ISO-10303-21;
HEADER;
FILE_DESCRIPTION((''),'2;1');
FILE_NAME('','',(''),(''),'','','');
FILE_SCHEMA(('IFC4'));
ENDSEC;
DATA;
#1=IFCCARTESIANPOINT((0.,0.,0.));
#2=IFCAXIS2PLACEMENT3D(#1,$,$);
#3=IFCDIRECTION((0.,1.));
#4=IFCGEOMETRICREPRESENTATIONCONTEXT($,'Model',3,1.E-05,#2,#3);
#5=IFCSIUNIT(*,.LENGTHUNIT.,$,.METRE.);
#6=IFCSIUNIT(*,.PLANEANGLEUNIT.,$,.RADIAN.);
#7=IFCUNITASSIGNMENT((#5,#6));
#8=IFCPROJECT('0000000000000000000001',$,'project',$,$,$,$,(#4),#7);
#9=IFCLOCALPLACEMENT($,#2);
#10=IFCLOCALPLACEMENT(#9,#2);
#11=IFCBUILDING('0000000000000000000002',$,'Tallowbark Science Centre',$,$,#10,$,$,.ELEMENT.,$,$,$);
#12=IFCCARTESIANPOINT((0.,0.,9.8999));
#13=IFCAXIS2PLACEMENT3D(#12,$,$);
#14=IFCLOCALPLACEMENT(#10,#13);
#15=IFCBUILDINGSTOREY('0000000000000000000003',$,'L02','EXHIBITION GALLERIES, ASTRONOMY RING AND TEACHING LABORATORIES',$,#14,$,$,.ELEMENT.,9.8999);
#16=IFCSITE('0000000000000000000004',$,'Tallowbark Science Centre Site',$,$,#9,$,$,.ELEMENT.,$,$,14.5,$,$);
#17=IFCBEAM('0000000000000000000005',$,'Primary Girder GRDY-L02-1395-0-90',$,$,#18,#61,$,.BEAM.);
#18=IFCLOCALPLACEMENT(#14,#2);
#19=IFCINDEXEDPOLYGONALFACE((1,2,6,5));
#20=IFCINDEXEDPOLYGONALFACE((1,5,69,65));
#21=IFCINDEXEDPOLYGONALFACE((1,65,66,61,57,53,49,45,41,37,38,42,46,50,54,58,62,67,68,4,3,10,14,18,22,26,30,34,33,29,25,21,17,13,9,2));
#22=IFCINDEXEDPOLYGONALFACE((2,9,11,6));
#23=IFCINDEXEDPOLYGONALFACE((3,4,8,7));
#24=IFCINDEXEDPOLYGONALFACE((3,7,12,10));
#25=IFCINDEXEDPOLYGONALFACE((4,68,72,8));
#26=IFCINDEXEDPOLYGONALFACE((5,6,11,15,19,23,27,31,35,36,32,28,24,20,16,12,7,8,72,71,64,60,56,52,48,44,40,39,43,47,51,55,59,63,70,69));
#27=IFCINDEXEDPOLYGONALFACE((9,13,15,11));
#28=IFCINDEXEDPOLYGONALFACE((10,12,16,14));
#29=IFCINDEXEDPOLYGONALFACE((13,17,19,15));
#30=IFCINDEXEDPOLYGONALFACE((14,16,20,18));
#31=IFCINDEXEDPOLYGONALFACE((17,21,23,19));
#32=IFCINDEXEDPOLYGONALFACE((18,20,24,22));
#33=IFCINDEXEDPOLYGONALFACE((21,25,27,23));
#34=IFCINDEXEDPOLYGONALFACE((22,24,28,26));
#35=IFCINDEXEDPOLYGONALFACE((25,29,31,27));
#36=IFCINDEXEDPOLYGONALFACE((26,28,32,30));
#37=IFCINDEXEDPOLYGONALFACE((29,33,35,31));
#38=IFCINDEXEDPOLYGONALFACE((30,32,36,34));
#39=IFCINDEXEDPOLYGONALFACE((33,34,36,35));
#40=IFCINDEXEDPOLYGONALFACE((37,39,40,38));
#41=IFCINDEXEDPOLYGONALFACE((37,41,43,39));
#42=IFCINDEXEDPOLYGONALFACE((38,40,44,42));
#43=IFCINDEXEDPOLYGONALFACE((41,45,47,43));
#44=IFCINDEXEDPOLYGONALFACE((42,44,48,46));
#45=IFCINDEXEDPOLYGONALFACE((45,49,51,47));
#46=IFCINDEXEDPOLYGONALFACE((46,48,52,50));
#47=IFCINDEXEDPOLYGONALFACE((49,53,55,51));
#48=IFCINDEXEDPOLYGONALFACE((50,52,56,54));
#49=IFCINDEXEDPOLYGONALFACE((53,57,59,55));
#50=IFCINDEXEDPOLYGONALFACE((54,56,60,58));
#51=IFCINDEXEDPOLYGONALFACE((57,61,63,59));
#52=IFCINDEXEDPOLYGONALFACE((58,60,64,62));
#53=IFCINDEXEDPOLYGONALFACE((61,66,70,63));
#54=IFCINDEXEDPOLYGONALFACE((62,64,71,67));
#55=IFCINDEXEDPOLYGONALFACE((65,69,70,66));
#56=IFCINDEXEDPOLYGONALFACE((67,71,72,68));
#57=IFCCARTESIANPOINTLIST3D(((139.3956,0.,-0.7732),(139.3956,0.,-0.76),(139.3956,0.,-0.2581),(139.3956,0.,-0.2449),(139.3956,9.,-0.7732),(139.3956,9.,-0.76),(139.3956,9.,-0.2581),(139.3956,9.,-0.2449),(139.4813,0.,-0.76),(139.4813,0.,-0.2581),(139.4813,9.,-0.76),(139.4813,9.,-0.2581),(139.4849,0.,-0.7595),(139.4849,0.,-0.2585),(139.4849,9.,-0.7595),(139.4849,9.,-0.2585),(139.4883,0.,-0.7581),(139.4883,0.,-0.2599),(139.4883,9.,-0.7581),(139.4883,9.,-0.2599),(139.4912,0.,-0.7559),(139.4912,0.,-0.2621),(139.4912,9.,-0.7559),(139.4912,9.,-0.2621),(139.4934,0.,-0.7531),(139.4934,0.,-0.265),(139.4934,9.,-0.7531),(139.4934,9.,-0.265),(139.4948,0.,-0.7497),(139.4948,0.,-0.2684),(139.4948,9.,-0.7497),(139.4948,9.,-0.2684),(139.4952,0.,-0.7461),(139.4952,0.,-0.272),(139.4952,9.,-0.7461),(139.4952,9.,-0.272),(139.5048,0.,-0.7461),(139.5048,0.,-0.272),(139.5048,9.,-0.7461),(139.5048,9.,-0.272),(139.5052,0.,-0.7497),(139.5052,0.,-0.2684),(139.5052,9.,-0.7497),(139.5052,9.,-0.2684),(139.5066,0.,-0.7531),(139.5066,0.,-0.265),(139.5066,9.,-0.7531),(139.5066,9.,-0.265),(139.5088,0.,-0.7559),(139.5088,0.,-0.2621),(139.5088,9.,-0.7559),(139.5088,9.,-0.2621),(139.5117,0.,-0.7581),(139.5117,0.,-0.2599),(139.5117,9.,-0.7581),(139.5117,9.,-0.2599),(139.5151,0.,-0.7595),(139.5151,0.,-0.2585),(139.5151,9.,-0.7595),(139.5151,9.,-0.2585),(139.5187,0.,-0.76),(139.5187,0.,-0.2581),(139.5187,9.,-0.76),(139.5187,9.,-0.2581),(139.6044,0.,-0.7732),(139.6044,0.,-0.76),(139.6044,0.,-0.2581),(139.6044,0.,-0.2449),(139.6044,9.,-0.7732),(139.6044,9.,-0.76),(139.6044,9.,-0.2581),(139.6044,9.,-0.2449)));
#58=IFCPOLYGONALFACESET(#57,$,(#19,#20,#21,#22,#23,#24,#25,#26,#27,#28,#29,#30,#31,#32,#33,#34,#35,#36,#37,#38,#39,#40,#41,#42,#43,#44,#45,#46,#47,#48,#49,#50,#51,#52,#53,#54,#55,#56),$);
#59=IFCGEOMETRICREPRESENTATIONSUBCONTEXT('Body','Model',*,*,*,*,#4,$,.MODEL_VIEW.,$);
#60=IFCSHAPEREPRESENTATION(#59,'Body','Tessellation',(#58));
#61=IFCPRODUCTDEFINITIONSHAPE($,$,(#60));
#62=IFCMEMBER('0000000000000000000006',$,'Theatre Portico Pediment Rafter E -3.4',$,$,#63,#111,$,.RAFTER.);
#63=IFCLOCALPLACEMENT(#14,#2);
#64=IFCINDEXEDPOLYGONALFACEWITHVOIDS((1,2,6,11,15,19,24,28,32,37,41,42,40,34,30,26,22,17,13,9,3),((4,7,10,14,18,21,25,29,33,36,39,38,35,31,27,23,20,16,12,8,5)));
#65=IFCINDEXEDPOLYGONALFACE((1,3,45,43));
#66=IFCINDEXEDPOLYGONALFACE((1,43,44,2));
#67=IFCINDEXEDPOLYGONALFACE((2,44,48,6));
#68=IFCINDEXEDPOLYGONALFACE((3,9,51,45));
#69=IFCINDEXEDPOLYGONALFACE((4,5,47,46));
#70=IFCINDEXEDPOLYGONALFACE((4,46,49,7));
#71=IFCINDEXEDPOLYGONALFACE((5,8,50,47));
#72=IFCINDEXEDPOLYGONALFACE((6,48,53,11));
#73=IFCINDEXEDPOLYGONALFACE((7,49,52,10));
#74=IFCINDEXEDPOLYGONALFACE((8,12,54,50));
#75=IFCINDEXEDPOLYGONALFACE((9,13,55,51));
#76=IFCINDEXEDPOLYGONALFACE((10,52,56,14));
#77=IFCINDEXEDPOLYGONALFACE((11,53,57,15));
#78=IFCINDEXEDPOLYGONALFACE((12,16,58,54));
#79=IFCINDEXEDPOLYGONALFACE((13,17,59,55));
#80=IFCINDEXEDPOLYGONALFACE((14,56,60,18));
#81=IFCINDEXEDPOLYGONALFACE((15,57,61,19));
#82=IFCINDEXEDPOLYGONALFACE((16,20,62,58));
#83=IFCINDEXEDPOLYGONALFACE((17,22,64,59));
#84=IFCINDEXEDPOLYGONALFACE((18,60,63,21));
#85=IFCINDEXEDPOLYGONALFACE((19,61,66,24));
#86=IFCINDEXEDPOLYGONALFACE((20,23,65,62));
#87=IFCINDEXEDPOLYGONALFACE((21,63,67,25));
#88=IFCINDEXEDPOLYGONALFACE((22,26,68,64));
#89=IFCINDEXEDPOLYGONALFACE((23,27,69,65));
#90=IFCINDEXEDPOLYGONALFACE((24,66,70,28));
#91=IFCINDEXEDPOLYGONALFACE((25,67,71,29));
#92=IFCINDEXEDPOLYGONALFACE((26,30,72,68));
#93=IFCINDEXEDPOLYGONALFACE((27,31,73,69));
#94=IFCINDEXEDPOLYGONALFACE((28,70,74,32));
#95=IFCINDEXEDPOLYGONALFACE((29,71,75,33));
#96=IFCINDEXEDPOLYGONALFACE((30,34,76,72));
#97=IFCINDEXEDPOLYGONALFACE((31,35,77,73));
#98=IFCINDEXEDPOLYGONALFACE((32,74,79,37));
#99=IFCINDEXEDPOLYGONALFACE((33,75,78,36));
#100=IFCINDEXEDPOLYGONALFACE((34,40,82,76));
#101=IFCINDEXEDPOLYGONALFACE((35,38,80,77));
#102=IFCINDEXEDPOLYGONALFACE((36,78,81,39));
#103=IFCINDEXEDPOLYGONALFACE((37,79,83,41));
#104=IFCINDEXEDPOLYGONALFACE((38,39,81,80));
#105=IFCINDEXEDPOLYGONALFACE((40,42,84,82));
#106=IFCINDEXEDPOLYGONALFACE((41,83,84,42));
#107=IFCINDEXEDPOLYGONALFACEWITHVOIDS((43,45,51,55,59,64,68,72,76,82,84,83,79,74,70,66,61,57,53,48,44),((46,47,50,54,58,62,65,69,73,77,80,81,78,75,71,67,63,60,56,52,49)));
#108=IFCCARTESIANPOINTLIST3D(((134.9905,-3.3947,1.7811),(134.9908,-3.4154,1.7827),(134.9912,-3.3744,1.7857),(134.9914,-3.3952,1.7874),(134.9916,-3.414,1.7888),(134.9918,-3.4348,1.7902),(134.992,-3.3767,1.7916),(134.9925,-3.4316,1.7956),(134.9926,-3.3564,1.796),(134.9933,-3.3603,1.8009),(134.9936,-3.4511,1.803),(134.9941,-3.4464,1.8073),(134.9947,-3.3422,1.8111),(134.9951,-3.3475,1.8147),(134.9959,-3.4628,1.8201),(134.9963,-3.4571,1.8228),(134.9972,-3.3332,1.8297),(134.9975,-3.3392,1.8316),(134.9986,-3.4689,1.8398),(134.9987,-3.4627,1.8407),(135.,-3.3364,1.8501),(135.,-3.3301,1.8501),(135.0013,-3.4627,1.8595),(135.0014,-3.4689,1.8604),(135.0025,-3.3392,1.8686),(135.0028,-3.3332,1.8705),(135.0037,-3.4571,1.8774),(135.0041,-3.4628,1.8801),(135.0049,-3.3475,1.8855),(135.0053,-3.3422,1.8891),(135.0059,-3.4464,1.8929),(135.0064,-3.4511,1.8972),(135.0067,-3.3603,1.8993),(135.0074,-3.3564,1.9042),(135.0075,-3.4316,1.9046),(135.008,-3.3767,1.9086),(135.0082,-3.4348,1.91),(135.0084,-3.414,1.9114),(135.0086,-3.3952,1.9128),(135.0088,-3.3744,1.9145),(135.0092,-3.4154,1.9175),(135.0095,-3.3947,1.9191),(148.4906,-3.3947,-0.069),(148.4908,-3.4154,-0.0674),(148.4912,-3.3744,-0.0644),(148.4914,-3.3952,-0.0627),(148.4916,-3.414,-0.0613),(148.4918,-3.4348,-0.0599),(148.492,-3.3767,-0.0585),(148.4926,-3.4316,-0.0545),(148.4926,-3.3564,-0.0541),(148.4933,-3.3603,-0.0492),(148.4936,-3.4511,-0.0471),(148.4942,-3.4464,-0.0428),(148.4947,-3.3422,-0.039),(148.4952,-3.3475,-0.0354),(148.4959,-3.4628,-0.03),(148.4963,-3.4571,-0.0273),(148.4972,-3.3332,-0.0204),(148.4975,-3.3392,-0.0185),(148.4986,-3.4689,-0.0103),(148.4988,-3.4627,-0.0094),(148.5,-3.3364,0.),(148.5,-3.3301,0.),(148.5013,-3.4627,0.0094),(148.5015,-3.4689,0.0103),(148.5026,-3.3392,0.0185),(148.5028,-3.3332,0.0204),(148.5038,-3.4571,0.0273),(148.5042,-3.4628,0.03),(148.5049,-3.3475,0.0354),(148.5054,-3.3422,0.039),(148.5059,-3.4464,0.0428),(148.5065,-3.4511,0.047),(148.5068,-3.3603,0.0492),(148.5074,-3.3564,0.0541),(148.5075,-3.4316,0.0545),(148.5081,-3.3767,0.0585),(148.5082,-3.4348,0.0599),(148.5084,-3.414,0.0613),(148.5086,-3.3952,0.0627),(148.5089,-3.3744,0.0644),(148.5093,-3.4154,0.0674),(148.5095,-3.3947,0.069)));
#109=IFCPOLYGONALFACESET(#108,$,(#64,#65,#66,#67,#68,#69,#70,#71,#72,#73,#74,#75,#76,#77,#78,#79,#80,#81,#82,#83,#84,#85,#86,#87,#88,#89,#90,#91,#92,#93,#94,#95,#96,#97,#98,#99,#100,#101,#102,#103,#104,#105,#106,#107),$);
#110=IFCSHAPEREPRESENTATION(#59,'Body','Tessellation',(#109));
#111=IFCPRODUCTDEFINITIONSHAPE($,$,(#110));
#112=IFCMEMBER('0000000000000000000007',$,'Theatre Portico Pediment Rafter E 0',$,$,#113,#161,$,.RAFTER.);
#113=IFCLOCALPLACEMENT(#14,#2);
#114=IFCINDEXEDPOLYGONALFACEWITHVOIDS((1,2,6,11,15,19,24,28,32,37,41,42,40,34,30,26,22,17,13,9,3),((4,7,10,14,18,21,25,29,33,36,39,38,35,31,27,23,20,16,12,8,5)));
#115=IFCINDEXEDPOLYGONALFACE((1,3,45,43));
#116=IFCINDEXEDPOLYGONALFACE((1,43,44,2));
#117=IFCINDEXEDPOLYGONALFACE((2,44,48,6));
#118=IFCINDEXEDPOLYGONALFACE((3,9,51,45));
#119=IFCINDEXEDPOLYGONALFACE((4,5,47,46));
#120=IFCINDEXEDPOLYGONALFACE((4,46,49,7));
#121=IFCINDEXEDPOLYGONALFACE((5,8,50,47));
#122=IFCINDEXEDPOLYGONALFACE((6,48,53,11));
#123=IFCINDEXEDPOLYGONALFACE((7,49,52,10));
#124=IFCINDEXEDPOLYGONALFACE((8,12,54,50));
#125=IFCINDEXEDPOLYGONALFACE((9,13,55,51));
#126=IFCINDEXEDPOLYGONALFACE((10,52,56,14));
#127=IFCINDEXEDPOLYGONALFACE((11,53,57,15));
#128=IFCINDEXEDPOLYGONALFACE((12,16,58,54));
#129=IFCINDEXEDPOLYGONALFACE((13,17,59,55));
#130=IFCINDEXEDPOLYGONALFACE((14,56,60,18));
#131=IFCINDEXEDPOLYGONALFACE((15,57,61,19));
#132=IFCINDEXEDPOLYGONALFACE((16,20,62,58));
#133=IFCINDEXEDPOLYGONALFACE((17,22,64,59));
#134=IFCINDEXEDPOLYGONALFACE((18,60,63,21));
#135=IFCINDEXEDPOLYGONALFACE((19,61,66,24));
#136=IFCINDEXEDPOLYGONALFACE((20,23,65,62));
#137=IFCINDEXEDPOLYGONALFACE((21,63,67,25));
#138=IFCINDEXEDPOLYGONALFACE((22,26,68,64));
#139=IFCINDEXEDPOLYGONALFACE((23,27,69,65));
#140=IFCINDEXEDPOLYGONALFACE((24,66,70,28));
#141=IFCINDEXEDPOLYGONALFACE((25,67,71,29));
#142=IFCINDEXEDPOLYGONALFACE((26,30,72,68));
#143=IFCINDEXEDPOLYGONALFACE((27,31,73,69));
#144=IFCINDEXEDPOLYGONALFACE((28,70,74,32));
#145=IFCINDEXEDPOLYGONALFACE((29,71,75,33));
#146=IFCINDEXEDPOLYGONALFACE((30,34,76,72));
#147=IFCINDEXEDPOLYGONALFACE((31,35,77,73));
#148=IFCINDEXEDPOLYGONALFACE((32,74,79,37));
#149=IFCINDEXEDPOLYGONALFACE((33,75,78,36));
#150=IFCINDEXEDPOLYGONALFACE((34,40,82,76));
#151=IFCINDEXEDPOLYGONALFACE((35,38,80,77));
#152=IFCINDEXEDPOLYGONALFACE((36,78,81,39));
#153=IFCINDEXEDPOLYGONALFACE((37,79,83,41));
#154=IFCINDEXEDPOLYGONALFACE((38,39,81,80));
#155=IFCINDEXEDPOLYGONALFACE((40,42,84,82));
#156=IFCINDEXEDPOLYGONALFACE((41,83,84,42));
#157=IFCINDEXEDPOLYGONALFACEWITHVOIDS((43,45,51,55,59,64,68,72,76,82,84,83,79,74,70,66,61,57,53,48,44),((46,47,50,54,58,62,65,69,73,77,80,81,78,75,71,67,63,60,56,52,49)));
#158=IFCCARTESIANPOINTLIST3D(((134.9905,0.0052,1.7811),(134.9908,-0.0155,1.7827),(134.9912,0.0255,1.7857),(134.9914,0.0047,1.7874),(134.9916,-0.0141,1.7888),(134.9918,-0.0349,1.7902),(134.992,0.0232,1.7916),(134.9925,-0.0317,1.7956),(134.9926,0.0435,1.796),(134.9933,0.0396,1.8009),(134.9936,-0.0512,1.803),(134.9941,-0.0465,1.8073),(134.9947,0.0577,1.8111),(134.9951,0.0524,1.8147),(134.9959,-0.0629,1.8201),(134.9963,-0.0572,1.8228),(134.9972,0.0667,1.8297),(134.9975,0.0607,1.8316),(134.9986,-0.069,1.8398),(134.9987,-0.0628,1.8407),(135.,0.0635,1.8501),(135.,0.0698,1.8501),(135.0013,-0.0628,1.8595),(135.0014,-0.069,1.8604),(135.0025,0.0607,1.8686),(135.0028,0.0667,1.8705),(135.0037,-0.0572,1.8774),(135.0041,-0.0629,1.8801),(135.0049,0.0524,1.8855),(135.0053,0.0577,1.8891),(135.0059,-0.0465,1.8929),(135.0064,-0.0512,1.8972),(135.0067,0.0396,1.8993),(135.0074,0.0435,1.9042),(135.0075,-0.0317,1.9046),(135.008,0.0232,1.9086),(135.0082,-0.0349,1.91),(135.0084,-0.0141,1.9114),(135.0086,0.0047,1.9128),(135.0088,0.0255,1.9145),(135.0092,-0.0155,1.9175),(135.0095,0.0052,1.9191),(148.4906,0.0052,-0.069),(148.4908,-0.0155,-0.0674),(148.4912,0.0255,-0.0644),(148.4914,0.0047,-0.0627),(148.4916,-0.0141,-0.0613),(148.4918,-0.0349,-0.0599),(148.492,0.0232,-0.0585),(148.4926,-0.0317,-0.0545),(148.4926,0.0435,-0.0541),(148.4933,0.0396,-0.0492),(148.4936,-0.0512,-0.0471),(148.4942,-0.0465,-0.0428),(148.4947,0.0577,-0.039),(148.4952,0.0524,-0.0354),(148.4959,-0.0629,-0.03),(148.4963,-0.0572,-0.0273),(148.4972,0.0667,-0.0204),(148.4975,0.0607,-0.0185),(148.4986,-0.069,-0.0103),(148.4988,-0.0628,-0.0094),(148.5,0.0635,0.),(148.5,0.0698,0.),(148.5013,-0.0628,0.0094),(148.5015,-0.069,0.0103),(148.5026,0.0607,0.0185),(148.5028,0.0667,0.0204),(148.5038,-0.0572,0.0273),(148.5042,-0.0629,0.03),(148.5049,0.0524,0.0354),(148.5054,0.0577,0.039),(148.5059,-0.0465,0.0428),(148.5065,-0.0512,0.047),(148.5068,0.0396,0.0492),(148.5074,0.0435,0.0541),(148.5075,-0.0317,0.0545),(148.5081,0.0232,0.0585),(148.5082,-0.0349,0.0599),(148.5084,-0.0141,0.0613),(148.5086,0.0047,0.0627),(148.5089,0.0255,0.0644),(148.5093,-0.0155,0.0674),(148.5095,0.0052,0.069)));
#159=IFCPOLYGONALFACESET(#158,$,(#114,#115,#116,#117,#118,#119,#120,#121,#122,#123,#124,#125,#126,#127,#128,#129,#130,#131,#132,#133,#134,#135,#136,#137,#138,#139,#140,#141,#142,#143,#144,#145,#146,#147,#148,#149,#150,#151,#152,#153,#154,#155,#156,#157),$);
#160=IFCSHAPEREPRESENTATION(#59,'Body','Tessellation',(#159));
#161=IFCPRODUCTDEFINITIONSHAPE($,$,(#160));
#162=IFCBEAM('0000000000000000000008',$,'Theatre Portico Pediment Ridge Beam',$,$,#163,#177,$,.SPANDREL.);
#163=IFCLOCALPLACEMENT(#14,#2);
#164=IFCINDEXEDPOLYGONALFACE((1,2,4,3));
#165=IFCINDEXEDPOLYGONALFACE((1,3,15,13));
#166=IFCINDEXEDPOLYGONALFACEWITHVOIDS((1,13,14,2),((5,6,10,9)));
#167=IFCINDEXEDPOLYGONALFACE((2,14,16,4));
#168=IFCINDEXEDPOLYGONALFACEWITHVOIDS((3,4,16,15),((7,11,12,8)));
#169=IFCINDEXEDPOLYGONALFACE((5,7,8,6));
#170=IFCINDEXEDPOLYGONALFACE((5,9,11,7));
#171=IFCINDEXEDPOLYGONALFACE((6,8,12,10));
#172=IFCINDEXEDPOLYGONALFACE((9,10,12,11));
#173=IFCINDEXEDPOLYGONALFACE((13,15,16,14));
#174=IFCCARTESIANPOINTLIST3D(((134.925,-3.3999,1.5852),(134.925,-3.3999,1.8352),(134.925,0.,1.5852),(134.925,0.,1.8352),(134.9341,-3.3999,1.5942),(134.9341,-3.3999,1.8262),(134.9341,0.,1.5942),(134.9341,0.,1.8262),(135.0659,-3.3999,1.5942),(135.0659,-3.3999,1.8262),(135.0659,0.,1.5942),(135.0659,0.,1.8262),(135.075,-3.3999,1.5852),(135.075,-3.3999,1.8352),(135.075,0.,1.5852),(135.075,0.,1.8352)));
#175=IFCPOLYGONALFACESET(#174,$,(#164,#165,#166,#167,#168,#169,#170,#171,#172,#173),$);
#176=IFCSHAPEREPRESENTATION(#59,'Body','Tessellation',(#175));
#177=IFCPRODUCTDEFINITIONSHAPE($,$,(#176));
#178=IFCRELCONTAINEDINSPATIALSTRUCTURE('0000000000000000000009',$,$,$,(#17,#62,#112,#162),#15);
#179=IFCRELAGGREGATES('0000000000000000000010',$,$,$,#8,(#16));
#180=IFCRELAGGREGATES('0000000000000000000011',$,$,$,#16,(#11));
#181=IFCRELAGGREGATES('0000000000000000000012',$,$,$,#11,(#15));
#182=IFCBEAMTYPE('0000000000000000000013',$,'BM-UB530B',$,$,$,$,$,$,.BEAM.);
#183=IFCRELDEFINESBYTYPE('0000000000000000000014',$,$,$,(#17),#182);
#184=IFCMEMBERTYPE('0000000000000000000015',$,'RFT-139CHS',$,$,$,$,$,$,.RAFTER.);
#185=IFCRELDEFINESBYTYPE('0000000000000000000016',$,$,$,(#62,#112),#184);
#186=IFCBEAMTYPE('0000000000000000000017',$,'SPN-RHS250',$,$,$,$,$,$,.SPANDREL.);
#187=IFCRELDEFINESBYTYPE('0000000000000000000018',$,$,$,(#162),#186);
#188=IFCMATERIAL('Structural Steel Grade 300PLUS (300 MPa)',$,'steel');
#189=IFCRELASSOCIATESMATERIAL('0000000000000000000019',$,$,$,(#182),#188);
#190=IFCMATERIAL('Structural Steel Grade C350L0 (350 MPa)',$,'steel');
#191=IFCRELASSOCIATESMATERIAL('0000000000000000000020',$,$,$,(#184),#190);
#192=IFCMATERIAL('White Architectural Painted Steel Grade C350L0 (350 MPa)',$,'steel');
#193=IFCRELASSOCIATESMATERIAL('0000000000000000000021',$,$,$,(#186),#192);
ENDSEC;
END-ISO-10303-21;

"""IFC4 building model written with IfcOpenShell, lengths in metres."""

from ifc_helpers import new_model, si_unit, direction, frame, origin, origin_2d, place, context, subcontext, project, spatial, hollow_rectangle, hollow_circle, i_section, extrude, material, material_profile, profile_set, type_object, element, save


model = new_model("IFC4")

# Units and contexts
model_context = context("Model", 3, precision=1e-05, world=origin(), true_north=direction((0.0, 1.0)))
body_context = subcontext(model_context, "Body", "Model", "MODEL_VIEW")
ifc_project = project(units=[si_unit("LENGTHUNIT", "METRE"), si_unit("PLANEANGLEUNIT", "RADIAN")], contexts=[model_context])

# Site, building, storey
site_placement = place(None, origin())
site = spatial("IfcSite", under=ifc_project, at=site_placement, Name="Tallowbark Science Centre Site", CompositionType="ELEMENT", RefElevation=14.5)
building_placement = place(site_placement, origin())
building = spatial("IfcBuilding", under=site, at=building_placement, Name="Tallowbark Science Centre", CompositionType="ELEMENT")
storey_placement = place(building_placement, frame((0.0, 0.0, 9.8999)))
storey = spatial("IfcBuildingStorey", under=building, at=storey_placement, Name="L02", Description="EXHIBITION GALLERIES, ASTRONOMY RING AND TEACHING LABORATORIES", CompositionType="ELEMENT", Elevation=9.8999)

# Shared definitions
ifc_material_1 = material(Name="Structural Steel Grade 300PLUS (300 MPa)", Category="steel")

# Beam
ifc_material_profile_1 = material_profile(ifc_material_1, i_section(OverallWidth=0.2087, OverallDepth=0.5283, WebThickness=0.0095, FlangeThickness=0.0132, FilletRadius=0.0139, at=origin_2d()), Name="530UB82.0")
ifc_profile_set_1 = profile_set([ifc_material_profile_1], Name="Structural Steel Grade 300PLUS (300 MPa)")
beam_type_1 = type_object("IfcBeamType", Name="BM-UB530B", PredefinedType="BEAM", material=ifc_profile_set_1)
for number, where, z_axis, x_axis, name in (
    (1, (139.5, 0.0, -0.509), (0.0, 1.0, 0.0), (-1.0, 0.0, 0.0), "Primary Girder GRDY-L02-1395-0-90"),
):
    element("IfcBeam", number, at=place(storey_placement, frame(where, z_axis=z_axis, x_axis=x_axis)), inside=storey, type_object=beam_type_1, Name=name, PredefinedType="BEAM", context=body_context, shape_type="SweptSolid", body=[
        extrude(i_section(OverallWidth=0.2087, OverallDepth=0.5283, WebThickness=0.0095, FlangeThickness=0.0132, FilletRadius=0.0139, at=origin_2d()), origin(), (0.0, 0.0, 1.0), 9.0),
    ])

# Members
ifc_material_2 = material(Name="Structural Steel Grade C350L0 (350 MPa)", Category="steel")
ifc_material_profile_2 = material_profile(ifc_material_2, hollow_circle(Radius=0.0698, WallThickness=0.0063, at=origin_2d()), Name="139.7x6.3CHS")
ifc_profile_set_2 = profile_set([ifc_material_profile_2], Name="Structural Steel Grade C350L0 (350 MPa)")
member_type_1 = type_object("IfcMemberType", Name="RFT-139CHS", PredefinedType="RAFTER", material=ifc_profile_set_2)
for number, where, z_axis, x_axis, name in (
    (2, (135.0, -3.3999, 1.8501), (0.99074, 0.0, -0.135775), (0.0, 1.0, 0.0), "Theatre Portico Pediment Rafter E -3.4"),
    (3, (135.0, 0.0, 1.8501), (0.99074, 0.0, -0.135775), (0.0, 1.0, 0.0), "Theatre Portico Pediment Rafter E 0"),
):
    element("IfcMember", number, at=place(storey_placement, frame(where, z_axis=z_axis, x_axis=x_axis)), inside=storey, type_object=member_type_1, Name=name, PredefinedType="RAFTER", context=body_context, shape_type="SweptSolid", body=[
        extrude(hollow_circle(Radius=0.0698, WallThickness=0.0063, at=origin_2d()), origin(), (0.0, 0.0, 1.0), 13.6262),
    ])

# Beam
ifc_material_3 = material(Name="White Architectural Painted Steel Grade C350L0 (350 MPa)", Category="steel")
ifc_material_profile_3 = material_profile(ifc_material_3, hollow_rectangle(XDim=0.1499, YDim=0.25, WallThickness=0.009, at=origin_2d()), Name="250x150x9.0RHS")
ifc_profile_set_3 = profile_set([ifc_material_profile_3], Name="White Architectural Painted Steel Grade C350L0 (350 MPa)")
beam_type_2 = type_object("IfcBeamType", Name="SPN-RHS250", PredefinedType="SPANDREL", material=ifc_profile_set_3)
beam_1_placement = place(storey_placement, frame((135.0, -3.3999, 1.7102), z_axis=(0.0, 1.0, 0.0), x_axis=(-1.0, 0.0, 0.0)))
element("IfcBeam", 4, at=beam_1_placement, inside=storey, type_object=beam_type_2, Name="Theatre Portico Pediment Ridge Beam", PredefinedType="SPANDREL", context=body_context, shape_type="SweptSolid", body=[
    extrude(hollow_rectangle(XDim=0.1499, YDim=0.25, WallThickness=0.009, at=origin_2d()), origin(), (0.0, 0.0, 1.0), 3.3999),
])

save(model, "model.ifc")
